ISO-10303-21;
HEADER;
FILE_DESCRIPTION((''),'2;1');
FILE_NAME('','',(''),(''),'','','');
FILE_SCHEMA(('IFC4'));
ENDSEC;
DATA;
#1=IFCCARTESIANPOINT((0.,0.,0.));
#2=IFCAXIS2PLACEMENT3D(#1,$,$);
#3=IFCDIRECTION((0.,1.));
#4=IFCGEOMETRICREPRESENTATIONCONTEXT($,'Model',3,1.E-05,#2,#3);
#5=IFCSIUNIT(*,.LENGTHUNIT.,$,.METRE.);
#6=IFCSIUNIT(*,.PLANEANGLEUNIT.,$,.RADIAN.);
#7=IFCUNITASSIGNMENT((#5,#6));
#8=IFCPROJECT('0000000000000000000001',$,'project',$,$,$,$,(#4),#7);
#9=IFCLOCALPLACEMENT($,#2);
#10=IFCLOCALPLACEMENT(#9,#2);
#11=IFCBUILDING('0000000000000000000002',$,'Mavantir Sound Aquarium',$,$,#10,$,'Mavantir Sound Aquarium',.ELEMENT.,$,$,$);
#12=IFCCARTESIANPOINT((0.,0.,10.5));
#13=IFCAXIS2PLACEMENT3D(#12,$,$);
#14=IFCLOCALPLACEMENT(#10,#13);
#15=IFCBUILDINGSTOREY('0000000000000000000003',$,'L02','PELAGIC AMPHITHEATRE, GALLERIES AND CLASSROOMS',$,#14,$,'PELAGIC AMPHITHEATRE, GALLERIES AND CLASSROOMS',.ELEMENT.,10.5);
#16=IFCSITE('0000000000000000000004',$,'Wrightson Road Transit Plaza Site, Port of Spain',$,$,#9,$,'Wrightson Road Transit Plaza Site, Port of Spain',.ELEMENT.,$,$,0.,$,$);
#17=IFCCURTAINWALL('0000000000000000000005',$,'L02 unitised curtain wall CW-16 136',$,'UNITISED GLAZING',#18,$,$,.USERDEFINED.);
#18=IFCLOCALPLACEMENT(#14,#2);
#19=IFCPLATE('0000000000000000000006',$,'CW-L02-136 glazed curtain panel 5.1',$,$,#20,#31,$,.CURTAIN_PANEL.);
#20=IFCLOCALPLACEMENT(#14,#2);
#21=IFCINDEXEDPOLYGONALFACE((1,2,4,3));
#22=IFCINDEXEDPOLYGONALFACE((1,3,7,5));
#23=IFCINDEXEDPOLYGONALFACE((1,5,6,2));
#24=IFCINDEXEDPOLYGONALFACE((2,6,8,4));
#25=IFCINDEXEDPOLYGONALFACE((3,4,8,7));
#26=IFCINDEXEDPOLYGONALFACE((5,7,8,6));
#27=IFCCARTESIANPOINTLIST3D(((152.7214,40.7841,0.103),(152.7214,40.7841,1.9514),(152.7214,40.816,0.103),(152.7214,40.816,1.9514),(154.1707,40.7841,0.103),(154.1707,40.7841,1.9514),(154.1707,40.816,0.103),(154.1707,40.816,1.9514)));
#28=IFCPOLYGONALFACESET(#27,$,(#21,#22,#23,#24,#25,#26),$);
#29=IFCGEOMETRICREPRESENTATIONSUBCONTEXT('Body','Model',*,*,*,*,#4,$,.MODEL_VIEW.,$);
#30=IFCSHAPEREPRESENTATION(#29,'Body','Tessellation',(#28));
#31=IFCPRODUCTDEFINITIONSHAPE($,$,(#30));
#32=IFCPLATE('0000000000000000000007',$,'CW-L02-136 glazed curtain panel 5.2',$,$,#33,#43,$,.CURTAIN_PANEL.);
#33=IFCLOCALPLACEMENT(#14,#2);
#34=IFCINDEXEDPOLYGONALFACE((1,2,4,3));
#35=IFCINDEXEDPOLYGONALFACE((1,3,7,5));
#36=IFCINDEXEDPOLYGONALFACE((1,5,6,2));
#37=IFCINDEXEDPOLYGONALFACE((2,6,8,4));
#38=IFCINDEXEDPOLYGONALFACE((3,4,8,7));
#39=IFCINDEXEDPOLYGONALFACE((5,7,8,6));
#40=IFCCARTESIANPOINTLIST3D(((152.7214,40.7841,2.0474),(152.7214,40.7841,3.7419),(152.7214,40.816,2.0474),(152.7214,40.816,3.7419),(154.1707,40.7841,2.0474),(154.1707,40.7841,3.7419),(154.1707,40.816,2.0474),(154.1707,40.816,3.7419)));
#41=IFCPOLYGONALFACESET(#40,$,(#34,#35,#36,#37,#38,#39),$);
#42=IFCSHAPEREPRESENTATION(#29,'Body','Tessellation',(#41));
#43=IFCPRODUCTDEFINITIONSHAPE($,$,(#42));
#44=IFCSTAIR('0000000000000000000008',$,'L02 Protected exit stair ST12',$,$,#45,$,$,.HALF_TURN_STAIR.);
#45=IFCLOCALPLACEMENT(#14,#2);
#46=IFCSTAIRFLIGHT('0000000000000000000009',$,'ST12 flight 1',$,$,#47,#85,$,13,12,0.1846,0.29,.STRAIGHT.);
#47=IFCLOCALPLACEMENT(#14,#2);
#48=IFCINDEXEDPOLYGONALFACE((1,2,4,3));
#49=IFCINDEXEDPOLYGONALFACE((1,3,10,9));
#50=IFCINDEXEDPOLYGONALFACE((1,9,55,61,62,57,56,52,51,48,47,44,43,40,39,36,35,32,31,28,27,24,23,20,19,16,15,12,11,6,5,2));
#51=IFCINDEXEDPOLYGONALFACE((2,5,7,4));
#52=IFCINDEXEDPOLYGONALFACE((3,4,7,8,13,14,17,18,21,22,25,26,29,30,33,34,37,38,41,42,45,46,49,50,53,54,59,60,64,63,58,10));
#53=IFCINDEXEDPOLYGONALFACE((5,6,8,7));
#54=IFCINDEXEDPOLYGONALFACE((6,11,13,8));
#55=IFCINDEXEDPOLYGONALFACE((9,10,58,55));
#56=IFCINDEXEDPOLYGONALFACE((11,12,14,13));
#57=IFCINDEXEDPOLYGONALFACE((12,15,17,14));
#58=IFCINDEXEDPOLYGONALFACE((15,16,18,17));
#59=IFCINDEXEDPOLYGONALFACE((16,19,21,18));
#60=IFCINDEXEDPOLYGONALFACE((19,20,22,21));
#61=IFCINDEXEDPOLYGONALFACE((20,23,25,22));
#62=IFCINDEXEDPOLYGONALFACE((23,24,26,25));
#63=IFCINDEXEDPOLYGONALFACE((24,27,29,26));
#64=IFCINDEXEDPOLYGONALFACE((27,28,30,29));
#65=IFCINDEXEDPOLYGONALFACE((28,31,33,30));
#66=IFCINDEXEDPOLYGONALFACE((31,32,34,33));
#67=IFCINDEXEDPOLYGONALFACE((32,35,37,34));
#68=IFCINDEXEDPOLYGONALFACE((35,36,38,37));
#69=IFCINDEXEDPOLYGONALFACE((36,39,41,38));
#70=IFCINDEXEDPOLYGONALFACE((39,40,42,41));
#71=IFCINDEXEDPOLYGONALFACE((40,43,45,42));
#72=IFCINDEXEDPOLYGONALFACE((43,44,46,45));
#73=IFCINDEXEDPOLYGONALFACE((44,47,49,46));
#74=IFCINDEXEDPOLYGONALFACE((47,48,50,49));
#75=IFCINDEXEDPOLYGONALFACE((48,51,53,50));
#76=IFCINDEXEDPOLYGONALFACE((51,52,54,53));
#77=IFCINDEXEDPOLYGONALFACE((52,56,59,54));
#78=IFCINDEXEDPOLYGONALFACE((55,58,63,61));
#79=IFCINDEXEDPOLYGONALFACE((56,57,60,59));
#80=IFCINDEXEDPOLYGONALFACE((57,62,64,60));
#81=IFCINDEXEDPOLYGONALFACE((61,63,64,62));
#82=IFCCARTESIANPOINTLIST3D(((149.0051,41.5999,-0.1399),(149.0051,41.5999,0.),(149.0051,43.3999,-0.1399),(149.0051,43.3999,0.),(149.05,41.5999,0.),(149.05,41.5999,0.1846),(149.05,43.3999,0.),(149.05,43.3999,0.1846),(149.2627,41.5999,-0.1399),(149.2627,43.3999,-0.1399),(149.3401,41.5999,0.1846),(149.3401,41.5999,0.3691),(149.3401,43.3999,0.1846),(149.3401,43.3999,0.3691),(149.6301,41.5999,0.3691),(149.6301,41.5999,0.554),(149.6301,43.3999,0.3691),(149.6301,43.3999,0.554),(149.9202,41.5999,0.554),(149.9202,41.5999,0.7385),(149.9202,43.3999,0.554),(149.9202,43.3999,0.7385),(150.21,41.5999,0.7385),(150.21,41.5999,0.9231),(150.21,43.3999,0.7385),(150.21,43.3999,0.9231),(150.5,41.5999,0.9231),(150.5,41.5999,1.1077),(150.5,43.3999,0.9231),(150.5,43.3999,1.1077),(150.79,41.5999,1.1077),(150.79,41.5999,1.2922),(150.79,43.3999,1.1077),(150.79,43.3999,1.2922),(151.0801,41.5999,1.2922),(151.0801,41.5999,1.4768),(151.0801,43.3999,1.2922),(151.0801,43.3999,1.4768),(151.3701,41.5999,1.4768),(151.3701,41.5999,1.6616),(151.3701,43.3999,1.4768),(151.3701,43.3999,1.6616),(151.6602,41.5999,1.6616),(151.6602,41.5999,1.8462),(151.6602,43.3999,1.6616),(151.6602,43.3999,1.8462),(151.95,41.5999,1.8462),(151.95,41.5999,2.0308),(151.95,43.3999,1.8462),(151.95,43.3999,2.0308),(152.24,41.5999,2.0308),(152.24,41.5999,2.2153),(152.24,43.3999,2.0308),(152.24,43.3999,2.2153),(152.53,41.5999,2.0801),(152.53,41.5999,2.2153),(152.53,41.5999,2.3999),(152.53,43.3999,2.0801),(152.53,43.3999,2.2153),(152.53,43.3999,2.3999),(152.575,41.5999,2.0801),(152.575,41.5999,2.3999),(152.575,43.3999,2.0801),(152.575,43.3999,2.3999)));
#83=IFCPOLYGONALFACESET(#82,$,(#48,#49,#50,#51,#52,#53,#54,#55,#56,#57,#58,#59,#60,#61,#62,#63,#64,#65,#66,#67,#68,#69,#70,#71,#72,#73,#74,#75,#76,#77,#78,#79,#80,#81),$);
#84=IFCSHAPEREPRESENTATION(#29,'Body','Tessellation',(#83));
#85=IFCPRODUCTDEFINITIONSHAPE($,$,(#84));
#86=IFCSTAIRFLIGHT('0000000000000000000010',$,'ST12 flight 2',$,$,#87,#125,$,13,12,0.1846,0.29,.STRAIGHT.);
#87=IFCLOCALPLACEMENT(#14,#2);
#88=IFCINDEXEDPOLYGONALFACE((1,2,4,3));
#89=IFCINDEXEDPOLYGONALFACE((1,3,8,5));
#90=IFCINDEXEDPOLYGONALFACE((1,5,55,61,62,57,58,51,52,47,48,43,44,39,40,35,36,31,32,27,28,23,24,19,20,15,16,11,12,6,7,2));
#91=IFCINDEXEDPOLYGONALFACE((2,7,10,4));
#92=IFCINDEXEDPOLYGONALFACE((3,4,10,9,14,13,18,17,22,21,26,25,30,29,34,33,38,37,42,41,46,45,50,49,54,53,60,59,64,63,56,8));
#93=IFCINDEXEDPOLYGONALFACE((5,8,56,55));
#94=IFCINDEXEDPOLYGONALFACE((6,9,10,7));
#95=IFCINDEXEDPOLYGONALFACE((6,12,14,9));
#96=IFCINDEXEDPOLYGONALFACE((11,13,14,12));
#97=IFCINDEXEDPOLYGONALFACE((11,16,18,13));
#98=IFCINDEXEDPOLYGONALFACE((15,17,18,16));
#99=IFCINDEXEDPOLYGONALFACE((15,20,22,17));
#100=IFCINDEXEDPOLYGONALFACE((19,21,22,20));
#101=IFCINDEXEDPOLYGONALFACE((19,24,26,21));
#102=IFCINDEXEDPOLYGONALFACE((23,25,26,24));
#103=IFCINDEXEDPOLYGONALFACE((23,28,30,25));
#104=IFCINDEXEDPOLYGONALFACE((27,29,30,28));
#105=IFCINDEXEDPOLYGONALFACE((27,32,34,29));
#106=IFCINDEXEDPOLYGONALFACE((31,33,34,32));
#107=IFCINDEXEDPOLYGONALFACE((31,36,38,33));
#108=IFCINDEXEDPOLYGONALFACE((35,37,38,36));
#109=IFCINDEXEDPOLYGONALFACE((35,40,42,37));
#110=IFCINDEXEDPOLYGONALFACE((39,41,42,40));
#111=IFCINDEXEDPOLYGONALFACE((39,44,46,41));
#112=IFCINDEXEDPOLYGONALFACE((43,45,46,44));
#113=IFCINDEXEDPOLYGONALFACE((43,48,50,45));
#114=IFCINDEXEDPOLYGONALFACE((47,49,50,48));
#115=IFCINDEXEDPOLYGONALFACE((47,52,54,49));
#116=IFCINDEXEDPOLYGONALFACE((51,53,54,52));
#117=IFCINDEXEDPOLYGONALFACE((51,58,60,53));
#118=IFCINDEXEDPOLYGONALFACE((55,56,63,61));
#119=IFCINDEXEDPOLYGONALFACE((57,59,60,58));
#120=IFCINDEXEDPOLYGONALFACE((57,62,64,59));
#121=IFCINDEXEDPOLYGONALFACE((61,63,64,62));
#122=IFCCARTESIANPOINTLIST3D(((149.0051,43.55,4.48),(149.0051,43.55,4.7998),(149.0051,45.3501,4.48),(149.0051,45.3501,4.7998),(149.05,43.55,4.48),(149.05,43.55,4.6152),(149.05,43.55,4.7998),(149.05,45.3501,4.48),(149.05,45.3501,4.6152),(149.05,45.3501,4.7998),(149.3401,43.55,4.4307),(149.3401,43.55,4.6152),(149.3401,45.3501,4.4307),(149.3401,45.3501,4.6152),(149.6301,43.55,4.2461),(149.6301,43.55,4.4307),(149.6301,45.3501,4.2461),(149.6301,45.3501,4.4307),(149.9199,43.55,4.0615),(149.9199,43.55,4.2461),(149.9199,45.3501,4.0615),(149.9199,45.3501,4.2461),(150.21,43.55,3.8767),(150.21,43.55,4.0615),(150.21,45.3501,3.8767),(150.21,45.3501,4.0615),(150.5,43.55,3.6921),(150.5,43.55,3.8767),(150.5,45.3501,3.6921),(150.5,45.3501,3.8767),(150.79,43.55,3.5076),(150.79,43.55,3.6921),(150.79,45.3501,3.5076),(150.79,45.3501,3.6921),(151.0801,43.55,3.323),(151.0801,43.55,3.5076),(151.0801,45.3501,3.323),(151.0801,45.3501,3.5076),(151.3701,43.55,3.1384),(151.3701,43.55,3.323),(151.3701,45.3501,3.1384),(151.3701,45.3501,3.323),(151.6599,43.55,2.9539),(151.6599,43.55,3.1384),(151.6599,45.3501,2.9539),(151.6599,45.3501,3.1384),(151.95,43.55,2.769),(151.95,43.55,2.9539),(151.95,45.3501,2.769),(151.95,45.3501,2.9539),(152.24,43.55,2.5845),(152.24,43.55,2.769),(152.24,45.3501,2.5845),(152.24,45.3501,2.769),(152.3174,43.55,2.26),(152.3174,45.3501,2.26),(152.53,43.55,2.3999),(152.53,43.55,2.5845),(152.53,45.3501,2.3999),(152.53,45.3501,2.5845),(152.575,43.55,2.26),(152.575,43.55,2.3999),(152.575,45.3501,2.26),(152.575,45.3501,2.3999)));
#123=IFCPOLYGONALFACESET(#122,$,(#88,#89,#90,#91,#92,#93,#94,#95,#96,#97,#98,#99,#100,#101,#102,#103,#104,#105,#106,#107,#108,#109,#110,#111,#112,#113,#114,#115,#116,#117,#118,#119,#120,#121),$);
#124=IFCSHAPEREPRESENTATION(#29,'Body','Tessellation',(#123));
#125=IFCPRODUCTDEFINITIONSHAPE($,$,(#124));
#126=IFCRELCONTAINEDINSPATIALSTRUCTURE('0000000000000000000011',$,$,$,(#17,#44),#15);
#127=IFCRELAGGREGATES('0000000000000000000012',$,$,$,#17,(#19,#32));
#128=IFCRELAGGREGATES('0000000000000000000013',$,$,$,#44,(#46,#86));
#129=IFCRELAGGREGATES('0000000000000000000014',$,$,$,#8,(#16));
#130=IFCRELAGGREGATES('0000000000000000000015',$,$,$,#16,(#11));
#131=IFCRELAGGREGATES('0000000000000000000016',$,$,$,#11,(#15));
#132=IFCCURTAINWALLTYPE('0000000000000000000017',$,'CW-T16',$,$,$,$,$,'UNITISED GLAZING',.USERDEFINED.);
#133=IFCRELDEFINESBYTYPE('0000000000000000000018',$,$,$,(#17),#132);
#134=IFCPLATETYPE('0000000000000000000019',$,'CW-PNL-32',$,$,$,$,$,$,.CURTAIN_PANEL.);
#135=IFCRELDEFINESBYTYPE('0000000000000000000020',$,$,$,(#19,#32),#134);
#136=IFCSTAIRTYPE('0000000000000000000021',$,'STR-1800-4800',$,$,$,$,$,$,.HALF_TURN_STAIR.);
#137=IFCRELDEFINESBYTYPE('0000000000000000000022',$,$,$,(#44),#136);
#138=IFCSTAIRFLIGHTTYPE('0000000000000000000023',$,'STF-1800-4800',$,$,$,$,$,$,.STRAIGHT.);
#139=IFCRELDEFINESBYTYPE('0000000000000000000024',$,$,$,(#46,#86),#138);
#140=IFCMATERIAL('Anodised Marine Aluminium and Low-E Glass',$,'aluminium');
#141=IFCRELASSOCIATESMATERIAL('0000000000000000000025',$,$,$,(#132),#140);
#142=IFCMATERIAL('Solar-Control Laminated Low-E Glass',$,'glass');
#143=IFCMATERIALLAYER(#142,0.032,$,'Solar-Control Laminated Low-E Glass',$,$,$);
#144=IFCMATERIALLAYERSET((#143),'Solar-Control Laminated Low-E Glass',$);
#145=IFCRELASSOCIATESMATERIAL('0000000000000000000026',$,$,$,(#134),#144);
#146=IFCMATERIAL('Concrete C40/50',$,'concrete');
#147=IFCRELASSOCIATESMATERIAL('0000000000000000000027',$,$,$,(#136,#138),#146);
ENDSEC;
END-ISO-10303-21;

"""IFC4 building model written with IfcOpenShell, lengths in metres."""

from ifc_helpers import new_model, si_unit, direction, frame, origin, origin_2d, place, context, subcontext, project, spatial, polyline, rectangle, outline, extrude, material, layer, layer_set, type_object, element, aggregate, save


model = new_model("IFC4")

# Units and contexts
model_context = context("Model", 3, precision=1e-05, world=origin(), true_north=direction((0.0, 1.0)))
body_context = subcontext(model_context, "Body", "Model", "MODEL_VIEW")
ifc_project = project(units=[si_unit("LENGTHUNIT", "METRE"), si_unit("PLANEANGLEUNIT", "RADIAN")], contexts=[model_context])

# Site, building, storey
site_placement = place(None, origin())
site = spatial("IfcSite", under=ifc_project, at=site_placement, Name="Wrightson Road Transit Plaza Site, Port of Spain", LongName="Wrightson Road Transit Plaza Site, Port of Spain", CompositionType="ELEMENT", RefElevation=0.0)
building_placement = place(site_placement, origin())
building = spatial("IfcBuilding", under=site, at=building_placement, Name="Mavantir Sound Aquarium", LongName="Mavantir Sound Aquarium", CompositionType="ELEMENT")
storey_placement = place(building_placement, frame((0.0, 0.0, 10.5)))
storey = spatial("IfcBuildingStorey", under=building, at=storey_placement, Name="L02", Description="PELAGIC AMPHITHEATRE, GALLERIES AND CLASSROOMS", LongName="PELAGIC AMPHITHEATRE, GALLERIES AND CLASSROOMS", CompositionType="ELEMENT", Elevation=10.5)

# Curtain wall, plates
ifc_material_1 = material(Name="Anodised Marine Aluminium and Low-E Glass", Category="aluminium")
curtain_wall_type = type_object("IfcCurtainWallType", Name="CW-T16", ElementType="UNITISED GLAZING", PredefinedType="USERDEFINED", material=ifc_material_1)
curtain_wall_placement = place(storey_placement, origin())
curtain_wall = element("IfcCurtainWall", 1, at=curtain_wall_placement, inside=storey, type_object=curtain_wall_type, Name="L02 unitised curtain wall CW-16 136", ObjectType="UNITISED GLAZING", PredefinedType="USERDEFINED")
ifc_material_2 = material(Name="Solar-Control Laminated Low-E Glass", Category="glass")
ifc_layer = layer(ifc_material_2, 0.032, Name="Solar-Control Laminated Low-E Glass")
ifc_layer_set = layer_set([ifc_layer], Name="Solar-Control Laminated Low-E Glass")
plate_type = type_object("IfcPlateType", Name="CW-PNL-32", PredefinedType="CURTAIN_PANEL", material=ifc_layer_set)
plate_1_placement = place(storey_placement, frame((153.446, 40.8, 0.103), z_axis=(0.0, 0.0, 1.0), x_axis=(1.0, 0.0, 0.0)))
plate_1 = element("IfcPlate", 2, at=plate_1_placement, type_object=plate_type, Name="CW-L02-136 glazed curtain panel 5.1", PredefinedType="CURTAIN_PANEL", context=body_context, shape_type="SweptSolid", body=[
    extrude(rectangle(XDim=1.4492, YDim=0.032, at=origin_2d()), origin(), (0.0, 0.0, 1.0), 1.8484),
])
plate_2_placement = place(storey_placement, frame((153.446, 40.8, 2.0474), z_axis=(0.0, 0.0, 1.0), x_axis=(1.0, 0.0, 0.0)))
plate_2 = element("IfcPlate", 3, at=plate_2_placement, type_object=plate_type, Name="CW-L02-136 glazed curtain panel 5.2", PredefinedType="CURTAIN_PANEL", context=body_context, shape_type="SweptSolid", body=[
    extrude(rectangle(XDim=1.4492, YDim=0.032, at=origin_2d()), origin(), (0.0, 0.0, 1.0), 1.6946),
])
aggregate(curtain_wall, [plate_1, plate_2])

# Stair, stair flights
ifc_material_3 = material(Name="Concrete C40/50", Category="concrete")
stair_type = type_object("IfcStairType", Name="STR-1800-4800", PredefinedType="HALF_TURN_STAIR", material=ifc_material_3)
stair_placement = place(storey_placement, origin())
stair = element("IfcStair", 4, at=stair_placement, inside=storey, type_object=stair_type, Name="L02 Protected exit stair ST12", PredefinedType="HALF_TURN_STAIR")
stair_flight_type = type_object("IfcStairFlightType", Name="STF-1800-4800", PredefinedType="STRAIGHT", material=ifc_material_3)
stair_flight_1_placement = place(storey_placement, frame((149.05, 42.5, 0.0), z_axis=(0.0, 0.0, 1.0), x_axis=(1.0, 0.0, 0.0)))
stair_flight_1 = element("IfcStairFlight", 5, at=stair_flight_1_placement, type_object=stair_flight_type, Name="ST12 flight 1", NumberOfRisers=13, NumberOfTreads=12, PredefinedType="STRAIGHT", RiserHeight=0.1846, TreadLength=0.29, context=body_context, shape_type="SweptSolid", body=[
    extrude(outline(polyline([(-0.0449, -0.1399), (-0.0449, 0.0), (0.0, 0.0), (0.0, 0.1846), (0.29, 0.1846), (0.29, 0.3691), (0.5801, 0.3691), (0.5801, 0.554), (0.8701, 0.554), (0.8701, 0.7385), (1.1599, 0.7385), (1.1599, 0.9231), (1.45, 0.9231), (1.45, 1.1077), (1.74, 1.1077), (1.74, 1.2922), (2.03, 1.2922), (2.03, 1.4768), (2.3201, 1.4768), (2.3201, 1.6616), (2.6101, 1.6616), (2.6101, 1.8462), (2.8999, 1.8462), (2.8999, 2.0308), (3.1899, 2.0308), (3.1899, 2.2153), (3.48, 2.2153), (3.48, 2.3999), (3.5249, 2.3999), (3.5249, 2.0801), (3.48, 2.0801), (0.2126, -0.1399), (-0.0449, -0.1399)])), frame((0.0, 0.8999, 0.0), z_axis=(0.0, -1.0, 0.0), x_axis=(1.0, 0.0, 0.0)), (0.0, 0.0, 1.0), 1.8),
])
stair_flight_2_placement = place(storey_placement, frame((152.53, 44.45, 2.3999), z_axis=(0.0, 0.0, 1.0), x_axis=(-1.0, 0.0, 0.0)))
stair_flight_2 = element("IfcStairFlight", 6, at=stair_flight_2_placement, type_object=stair_flight_type, Name="ST12 flight 2", NumberOfRisers=13, NumberOfTreads=12, PredefinedType="STRAIGHT", RiserHeight=0.1846, TreadLength=0.29, context=body_context, shape_type="SweptSolid", body=[
    extrude(outline(polyline([(-0.0449, -0.1399), (-0.0449, 0.0), (0.0, 0.0), (0.0, 0.1846), (0.29, 0.1846), (0.29, 0.3691), (0.5801, 0.3691), (0.5801, 0.554), (0.8701, 0.554), (0.8701, 0.7385), (1.1599, 0.7385), (1.1599, 0.9231), (1.45, 0.9231), (1.45, 1.1077), (1.74, 1.1077), (1.74, 1.2922), (2.03, 1.2922), (2.03, 1.4768), (2.3201, 1.4768), (2.3201, 1.6616), (2.6101, 1.6616), (2.6101, 1.8462), (2.8999, 1.8462), (2.8999, 2.0308), (3.1899, 2.0308), (3.1899, 2.2153), (3.48, 2.2153), (3.48, 2.3999), (3.5249, 2.3999), (3.5249, 2.0801), (3.48, 2.0801), (0.2126, -0.1399), (-0.0449, -0.1399)])), frame((0.0, 0.8999, 0.0), z_axis=(0.0, -1.0, 0.0), x_axis=(1.0, 0.0, 0.0)), (0.0, 0.0, 1.0), 1.8),
])
aggregate(stair, [stair_flight_1, stair_flight_2])

save(model, "model.ifc")
